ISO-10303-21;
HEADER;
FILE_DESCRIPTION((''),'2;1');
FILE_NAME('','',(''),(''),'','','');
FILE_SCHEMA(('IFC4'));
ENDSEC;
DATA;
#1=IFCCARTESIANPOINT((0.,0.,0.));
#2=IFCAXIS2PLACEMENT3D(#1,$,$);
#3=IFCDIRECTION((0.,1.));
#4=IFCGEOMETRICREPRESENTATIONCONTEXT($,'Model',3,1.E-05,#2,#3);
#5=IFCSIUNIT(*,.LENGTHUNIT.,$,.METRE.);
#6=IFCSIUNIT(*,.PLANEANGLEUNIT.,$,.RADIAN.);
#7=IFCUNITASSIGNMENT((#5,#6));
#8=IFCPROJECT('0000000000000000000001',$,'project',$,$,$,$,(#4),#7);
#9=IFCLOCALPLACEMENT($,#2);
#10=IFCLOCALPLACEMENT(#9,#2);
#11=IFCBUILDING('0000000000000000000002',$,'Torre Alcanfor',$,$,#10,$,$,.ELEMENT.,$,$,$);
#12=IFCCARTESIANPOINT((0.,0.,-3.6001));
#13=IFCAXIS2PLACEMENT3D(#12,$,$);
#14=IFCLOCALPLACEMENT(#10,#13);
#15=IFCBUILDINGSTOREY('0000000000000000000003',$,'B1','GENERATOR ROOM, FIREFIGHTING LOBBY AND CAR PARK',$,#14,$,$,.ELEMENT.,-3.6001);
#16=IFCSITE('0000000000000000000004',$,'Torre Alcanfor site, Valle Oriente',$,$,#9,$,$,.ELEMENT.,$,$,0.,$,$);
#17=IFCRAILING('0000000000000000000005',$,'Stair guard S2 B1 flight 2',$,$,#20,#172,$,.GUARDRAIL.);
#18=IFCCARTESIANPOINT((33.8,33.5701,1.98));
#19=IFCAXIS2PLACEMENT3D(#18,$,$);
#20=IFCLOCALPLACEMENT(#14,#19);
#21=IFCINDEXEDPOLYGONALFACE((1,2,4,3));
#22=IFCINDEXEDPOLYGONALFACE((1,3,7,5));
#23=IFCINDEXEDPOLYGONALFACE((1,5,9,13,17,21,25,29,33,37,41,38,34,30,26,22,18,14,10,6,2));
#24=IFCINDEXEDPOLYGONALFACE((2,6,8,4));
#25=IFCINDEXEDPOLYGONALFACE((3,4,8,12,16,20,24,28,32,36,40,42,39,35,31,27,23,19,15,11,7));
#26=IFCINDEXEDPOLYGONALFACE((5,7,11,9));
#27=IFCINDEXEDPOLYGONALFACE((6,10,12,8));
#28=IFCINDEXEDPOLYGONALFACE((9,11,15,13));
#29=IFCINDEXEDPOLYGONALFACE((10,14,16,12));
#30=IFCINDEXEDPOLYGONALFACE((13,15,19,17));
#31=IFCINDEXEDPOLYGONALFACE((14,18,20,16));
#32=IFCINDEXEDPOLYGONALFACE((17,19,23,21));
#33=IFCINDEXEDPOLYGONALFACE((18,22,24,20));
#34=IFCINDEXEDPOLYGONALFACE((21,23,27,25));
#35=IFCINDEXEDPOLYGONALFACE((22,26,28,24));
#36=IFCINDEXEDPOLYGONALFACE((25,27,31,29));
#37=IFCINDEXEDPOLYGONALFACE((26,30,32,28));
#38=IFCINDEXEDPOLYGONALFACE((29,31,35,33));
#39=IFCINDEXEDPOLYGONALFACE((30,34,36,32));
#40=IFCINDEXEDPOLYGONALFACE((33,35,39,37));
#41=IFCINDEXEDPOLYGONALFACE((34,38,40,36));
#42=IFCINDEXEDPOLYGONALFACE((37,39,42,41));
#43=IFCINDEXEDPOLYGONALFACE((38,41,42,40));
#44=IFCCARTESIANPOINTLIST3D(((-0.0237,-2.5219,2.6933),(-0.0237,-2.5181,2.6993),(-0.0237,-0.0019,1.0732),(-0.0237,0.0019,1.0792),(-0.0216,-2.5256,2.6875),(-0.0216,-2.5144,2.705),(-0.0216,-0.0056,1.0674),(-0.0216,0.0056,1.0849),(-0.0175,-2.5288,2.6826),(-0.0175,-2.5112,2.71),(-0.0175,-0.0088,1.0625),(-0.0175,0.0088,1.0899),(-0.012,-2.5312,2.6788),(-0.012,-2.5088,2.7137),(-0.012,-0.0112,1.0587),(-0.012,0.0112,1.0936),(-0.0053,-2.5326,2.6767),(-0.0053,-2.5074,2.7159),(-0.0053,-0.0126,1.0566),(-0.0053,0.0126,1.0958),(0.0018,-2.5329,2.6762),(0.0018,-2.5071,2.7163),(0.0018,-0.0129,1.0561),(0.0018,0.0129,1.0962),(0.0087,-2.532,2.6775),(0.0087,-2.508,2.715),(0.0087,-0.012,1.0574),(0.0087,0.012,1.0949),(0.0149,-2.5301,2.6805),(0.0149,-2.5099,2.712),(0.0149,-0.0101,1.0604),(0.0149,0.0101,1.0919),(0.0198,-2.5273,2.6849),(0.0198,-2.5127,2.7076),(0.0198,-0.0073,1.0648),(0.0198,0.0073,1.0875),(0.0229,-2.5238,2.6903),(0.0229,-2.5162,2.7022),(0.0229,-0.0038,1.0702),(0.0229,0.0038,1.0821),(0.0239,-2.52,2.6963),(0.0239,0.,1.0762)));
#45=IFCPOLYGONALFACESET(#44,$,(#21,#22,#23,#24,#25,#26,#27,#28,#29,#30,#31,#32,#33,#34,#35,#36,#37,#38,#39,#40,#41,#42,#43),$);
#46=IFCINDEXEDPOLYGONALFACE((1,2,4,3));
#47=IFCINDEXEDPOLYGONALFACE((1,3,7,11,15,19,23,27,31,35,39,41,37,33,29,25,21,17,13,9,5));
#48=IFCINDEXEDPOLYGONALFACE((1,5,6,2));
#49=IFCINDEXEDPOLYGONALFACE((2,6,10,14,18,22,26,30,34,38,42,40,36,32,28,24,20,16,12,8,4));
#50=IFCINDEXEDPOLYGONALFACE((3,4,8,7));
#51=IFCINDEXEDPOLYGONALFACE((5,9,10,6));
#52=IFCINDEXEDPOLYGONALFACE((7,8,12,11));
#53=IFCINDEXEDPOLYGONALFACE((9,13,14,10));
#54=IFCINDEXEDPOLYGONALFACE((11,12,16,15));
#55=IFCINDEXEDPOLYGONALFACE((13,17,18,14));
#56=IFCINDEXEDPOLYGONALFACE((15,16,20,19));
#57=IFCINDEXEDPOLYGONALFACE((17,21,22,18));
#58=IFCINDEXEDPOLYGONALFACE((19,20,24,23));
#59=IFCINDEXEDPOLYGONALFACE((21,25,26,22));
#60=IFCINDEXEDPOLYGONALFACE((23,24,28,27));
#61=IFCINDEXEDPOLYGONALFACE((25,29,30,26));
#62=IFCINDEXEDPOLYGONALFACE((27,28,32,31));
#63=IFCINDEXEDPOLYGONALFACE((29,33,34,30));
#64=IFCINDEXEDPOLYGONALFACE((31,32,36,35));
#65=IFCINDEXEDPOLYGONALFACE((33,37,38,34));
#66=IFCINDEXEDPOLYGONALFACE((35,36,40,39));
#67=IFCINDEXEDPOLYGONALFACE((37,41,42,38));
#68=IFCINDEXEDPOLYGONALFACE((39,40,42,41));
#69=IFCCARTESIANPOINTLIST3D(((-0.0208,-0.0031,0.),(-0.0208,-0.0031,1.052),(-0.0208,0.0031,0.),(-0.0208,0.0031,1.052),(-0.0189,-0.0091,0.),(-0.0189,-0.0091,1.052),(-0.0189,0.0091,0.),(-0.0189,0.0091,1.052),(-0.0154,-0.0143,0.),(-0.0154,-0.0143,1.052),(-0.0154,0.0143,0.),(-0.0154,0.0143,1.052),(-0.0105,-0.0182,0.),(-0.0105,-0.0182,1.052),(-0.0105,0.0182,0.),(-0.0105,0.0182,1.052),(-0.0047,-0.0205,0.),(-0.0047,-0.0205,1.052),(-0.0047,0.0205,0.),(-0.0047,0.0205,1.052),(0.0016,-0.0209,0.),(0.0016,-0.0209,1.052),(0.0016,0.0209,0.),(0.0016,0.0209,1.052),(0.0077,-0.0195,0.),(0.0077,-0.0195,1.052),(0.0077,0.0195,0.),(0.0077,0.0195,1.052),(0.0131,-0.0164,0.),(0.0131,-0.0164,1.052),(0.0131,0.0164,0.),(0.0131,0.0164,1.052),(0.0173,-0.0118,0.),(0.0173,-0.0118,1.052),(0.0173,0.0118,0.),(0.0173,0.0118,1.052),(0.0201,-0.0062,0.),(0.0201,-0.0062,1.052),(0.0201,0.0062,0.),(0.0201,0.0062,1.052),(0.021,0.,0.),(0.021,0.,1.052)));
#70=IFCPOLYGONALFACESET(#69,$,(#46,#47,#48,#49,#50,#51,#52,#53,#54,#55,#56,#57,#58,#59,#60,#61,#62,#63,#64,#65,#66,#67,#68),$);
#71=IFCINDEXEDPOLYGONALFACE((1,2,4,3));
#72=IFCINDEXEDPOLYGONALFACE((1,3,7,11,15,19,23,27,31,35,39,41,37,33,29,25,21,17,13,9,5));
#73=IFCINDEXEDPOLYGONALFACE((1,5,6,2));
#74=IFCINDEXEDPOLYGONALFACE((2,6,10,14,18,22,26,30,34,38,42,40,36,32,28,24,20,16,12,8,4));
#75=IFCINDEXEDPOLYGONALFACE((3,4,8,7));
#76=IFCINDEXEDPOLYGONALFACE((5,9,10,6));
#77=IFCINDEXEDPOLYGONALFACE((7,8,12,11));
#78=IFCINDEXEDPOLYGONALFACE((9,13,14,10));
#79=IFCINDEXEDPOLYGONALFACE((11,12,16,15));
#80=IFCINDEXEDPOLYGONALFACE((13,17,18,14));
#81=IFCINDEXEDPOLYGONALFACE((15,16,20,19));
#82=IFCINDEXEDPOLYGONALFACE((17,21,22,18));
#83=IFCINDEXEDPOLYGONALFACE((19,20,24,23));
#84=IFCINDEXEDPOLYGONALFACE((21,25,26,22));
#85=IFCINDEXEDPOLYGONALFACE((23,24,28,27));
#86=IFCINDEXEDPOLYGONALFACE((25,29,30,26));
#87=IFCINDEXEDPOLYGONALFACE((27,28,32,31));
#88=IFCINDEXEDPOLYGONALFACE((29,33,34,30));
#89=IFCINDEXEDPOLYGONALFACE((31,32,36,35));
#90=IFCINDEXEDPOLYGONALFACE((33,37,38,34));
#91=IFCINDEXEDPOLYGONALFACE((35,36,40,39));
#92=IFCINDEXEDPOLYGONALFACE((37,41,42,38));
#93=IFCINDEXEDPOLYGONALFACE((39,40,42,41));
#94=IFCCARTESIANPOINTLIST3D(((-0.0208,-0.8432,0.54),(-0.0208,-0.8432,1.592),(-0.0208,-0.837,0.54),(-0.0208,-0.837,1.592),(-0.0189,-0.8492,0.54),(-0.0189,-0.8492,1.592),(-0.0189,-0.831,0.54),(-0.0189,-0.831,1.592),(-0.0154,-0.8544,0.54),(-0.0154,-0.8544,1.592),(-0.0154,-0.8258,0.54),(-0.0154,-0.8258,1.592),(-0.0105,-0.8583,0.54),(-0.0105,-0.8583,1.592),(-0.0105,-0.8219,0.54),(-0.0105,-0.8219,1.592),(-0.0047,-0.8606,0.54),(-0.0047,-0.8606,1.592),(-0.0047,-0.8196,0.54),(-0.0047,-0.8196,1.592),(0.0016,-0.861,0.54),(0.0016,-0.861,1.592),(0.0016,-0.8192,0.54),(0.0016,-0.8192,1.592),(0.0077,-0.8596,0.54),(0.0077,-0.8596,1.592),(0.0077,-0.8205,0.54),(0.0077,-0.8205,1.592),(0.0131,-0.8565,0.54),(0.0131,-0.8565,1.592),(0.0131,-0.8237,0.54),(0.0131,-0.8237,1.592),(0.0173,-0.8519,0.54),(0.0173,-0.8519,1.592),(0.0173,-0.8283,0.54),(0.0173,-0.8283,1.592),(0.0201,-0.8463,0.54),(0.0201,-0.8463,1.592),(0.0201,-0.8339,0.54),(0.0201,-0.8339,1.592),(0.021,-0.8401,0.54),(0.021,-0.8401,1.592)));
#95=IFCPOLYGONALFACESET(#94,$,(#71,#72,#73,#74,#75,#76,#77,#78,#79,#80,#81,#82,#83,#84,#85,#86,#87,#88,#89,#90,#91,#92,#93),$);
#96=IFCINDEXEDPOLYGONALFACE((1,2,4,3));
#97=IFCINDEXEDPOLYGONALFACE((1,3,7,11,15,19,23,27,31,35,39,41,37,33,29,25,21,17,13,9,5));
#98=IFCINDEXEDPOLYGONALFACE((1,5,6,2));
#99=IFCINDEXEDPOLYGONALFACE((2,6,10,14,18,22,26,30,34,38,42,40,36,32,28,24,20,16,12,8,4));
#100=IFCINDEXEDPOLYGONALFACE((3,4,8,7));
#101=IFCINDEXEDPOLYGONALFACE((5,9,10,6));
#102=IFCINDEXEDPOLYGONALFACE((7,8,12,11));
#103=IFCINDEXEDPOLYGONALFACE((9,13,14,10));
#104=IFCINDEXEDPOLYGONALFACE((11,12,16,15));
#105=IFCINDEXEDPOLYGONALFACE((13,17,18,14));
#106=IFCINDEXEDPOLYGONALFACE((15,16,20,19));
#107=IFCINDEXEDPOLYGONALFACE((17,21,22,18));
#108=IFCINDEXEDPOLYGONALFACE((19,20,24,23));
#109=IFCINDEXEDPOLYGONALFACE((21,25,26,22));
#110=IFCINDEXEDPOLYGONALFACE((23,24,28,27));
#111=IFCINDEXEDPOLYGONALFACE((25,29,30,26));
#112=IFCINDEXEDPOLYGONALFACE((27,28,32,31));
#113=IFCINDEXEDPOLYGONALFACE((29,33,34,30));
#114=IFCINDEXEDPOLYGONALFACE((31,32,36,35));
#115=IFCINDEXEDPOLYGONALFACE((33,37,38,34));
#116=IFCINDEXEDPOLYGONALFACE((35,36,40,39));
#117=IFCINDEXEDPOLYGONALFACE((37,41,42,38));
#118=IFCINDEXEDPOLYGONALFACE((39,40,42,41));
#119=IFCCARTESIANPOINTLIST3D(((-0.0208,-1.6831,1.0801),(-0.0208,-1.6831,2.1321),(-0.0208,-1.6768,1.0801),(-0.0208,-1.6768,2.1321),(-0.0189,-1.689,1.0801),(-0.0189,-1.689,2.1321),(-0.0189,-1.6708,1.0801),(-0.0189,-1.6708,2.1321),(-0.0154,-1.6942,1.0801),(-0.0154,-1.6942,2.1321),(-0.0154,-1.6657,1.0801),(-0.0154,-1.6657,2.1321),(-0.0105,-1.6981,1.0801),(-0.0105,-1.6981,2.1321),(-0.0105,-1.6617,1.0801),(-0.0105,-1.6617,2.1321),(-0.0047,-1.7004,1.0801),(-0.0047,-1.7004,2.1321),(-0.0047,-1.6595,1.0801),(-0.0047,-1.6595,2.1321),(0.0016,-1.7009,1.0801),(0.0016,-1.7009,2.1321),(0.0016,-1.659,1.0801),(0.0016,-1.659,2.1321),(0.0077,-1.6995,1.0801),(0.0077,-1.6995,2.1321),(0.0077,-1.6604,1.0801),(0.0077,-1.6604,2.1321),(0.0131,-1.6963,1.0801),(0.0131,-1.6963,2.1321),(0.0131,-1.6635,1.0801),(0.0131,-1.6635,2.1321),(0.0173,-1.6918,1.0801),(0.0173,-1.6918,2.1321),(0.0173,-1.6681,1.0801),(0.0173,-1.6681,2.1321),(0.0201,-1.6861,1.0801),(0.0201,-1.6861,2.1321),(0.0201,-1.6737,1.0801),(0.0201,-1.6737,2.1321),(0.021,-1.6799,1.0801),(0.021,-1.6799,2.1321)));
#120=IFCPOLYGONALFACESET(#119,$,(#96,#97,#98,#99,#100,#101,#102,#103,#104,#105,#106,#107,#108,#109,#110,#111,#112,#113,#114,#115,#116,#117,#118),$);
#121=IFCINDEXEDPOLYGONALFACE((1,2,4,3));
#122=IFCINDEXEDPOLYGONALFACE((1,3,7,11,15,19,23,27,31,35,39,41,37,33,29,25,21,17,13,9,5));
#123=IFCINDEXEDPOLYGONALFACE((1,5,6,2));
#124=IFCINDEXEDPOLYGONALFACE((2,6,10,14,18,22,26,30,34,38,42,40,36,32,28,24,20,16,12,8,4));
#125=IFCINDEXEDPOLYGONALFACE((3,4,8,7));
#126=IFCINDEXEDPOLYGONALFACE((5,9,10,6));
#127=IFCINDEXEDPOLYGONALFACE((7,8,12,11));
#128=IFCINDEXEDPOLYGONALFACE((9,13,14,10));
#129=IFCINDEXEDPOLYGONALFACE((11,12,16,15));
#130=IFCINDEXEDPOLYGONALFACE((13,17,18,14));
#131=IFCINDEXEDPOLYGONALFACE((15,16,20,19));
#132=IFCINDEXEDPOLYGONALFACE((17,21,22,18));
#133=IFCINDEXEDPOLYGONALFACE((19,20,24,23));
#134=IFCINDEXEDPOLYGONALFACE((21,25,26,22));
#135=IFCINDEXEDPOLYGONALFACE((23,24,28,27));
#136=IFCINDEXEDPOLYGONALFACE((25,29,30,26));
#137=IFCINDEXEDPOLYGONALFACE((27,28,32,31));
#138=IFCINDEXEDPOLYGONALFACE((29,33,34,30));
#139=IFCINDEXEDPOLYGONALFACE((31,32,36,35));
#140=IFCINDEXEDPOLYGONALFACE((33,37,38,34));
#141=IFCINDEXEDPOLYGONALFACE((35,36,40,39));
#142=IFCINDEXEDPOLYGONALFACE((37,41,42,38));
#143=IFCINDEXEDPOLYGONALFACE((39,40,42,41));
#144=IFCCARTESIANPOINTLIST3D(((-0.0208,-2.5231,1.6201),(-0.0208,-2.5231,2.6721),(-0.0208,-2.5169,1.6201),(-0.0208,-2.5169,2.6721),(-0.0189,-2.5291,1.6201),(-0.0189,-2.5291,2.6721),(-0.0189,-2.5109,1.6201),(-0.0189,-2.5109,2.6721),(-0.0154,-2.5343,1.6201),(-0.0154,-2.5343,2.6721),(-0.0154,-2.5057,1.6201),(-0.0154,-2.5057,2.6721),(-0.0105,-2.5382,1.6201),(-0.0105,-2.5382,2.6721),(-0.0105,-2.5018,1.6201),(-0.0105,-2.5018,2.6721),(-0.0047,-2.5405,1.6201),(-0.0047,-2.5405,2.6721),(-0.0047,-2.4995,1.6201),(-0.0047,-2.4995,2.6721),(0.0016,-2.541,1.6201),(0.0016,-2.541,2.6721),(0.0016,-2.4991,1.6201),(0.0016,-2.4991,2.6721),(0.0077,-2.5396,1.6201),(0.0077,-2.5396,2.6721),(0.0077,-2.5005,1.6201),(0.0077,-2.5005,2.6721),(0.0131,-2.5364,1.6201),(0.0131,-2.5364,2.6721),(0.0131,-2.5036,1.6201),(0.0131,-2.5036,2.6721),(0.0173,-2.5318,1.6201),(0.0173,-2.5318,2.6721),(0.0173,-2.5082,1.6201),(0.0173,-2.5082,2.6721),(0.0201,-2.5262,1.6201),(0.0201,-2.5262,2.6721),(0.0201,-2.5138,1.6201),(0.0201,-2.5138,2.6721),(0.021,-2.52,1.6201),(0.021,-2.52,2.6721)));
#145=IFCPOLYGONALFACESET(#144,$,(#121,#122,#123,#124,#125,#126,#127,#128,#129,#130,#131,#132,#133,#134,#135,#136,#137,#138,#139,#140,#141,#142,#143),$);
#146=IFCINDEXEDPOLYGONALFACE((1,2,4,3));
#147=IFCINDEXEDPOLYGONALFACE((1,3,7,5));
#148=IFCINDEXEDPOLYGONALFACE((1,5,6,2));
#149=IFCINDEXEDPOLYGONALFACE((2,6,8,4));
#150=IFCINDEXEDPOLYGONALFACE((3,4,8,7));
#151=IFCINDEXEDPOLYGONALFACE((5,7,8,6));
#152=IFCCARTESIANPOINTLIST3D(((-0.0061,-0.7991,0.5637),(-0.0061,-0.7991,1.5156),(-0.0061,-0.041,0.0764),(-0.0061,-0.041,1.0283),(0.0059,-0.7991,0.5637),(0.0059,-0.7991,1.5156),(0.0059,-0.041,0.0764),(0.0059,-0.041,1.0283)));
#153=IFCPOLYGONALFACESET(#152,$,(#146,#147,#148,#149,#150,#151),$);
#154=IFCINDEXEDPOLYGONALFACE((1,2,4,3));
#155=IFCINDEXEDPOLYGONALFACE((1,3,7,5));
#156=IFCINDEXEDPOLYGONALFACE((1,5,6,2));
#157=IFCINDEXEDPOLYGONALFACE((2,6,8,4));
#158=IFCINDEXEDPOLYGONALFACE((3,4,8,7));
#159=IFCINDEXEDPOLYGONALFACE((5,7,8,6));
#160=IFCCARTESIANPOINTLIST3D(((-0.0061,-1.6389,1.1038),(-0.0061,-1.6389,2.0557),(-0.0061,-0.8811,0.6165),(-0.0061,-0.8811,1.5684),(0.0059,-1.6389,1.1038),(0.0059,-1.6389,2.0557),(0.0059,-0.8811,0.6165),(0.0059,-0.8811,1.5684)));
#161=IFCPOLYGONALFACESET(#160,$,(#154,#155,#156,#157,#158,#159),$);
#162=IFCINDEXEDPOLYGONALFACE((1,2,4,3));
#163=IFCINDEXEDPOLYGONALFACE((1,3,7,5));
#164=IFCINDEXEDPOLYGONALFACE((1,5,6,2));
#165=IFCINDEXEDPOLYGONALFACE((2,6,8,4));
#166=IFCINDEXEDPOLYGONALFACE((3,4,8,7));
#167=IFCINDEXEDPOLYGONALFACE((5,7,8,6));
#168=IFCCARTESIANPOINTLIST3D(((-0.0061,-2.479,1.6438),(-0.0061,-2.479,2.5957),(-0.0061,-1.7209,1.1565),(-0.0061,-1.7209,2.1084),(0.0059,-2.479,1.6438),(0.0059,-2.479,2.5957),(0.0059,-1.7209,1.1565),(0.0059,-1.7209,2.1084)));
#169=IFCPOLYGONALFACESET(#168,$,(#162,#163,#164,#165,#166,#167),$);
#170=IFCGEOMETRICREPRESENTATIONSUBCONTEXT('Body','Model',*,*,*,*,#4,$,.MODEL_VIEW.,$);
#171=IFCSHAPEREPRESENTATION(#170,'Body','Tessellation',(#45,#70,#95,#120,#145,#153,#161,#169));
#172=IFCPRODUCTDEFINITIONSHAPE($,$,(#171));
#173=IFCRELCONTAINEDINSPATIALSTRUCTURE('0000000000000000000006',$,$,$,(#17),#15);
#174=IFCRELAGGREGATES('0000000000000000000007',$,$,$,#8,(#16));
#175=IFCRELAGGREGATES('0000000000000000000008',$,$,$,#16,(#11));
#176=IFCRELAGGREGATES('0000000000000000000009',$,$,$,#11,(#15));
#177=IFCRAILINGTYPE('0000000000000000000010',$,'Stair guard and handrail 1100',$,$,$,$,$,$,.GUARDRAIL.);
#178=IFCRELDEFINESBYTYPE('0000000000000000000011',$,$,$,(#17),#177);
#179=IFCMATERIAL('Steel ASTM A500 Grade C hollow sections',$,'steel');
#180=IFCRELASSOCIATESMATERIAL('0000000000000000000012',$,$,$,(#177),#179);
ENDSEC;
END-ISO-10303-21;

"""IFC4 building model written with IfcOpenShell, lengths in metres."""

from ifc_helpers import new_model, si_unit, direction, frame, origin, origin_2d, place, context, subcontext, project, spatial, polyline, circle, outline, extrude, material, type_object, element, save


model = new_model("IFC4")

# Units and contexts
model_context = context("Model", 3, precision=1e-05, world=origin(), true_north=direction((0.0, 1.0)))
body_context = subcontext(model_context, "Body", "Model", "MODEL_VIEW")
ifc_project = project(units=[si_unit("LENGTHUNIT", "METRE"), si_unit("PLANEANGLEUNIT", "RADIAN")], contexts=[model_context])

# Site, building, storey
site_placement = place(None, origin())
site = spatial("IfcSite", under=ifc_project, at=site_placement, Name="Torre Alcanfor site, Valle Oriente", CompositionType="ELEMENT", RefElevation=0.0)
building_placement = place(site_placement, origin())
building = spatial("IfcBuilding", under=site, at=building_placement, Name="Torre Alcanfor", CompositionType="ELEMENT")
storey_placement = place(building_placement, frame((0.0, 0.0, -3.6001)))
storey = spatial("IfcBuildingStorey", under=building, at=storey_placement, Name="B1", Description="GENERATOR ROOM, FIREFIGHTING LOBBY AND CAR PARK", CompositionType="ELEMENT", Elevation=-3.6001)

# Railing
ifc_material_1 = material(Name="Steel ASTM A500 Grade C hollow sections", Category="steel")
railing_type_1 = type_object("IfcRailingType", Name="Stair guard and handrail 1100", PredefinedType="GUARDRAIL", material=ifc_material_1)
railing_1_placement = place(storey_placement, frame((33.8, 33.5701, 1.98)))
element("IfcRailing", 1, at=railing_1_placement, inside=storey, type_object=railing_type_1, Name="Stair guard S2 B1 flight 2", PredefinedType="GUARDRAIL", context=body_context, shape_type="SweptSolid", body=[
    extrude(circle(Radius=0.0239, at=origin_2d()), frame((0.0, 0.0, 1.0762), z_axis=(0.0, -0.841163, 0.540782), x_axis=(1.0, 0.0, 0.0)), (0.0, 0.0, 1.0), 2.9958),
    extrude(circle(Radius=0.021, at=origin_2d()), origin(), (0.0, 0.0, 1.0), 1.052),
    extrude(circle(Radius=0.021, at=origin_2d()), frame((0.0, -0.8401, 0.54)), (0.0, 0.0, 1.0), 1.052),
    extrude(circle(Radius=0.021, at=origin_2d()), frame((0.0, -1.6799, 1.0801)), (0.0, 0.0, 1.0), 1.052),
    extrude(circle(Radius=0.021, at=origin_2d()), frame((0.0, -2.52, 1.6201)), (0.0, 0.0, 1.0), 1.052),
    extrude(outline(polyline([(0.041, 0.0764), (0.7991, 0.5637), (0.7991, 1.5156), (0.041, 1.0283), (0.041, 0.0764)])), frame((0.0059, 0.0, 0.0), z_axis=(-1.0, 0.0, 0.0), x_axis=(0.0, -1.0, 0.0)), (0.0, 0.0, 1.0), 0.012),
    extrude(outline(polyline([(0.8811, 0.6165), (1.6389, 1.1038), (1.6389, 2.0557), (0.8811, 1.5684), (0.8811, 0.6165)])), frame((0.0059, 0.0, 0.0), z_axis=(-1.0, 0.0, 0.0), x_axis=(0.0, -1.0, 0.0)), (0.0, 0.0, 1.0), 0.012),
    extrude(outline(polyline([(1.7209, 1.1565), (2.479, 1.6438), (2.479, 2.5957), (1.7209, 2.1084), (1.7209, 1.1565)])), frame((0.0059, 0.0, 0.0), z_axis=(-1.0, 0.0, 0.0), x_axis=(0.0, -1.0, 0.0)), (0.0, 0.0, 1.0), 0.012),
])

save(model, "model.ifc")
